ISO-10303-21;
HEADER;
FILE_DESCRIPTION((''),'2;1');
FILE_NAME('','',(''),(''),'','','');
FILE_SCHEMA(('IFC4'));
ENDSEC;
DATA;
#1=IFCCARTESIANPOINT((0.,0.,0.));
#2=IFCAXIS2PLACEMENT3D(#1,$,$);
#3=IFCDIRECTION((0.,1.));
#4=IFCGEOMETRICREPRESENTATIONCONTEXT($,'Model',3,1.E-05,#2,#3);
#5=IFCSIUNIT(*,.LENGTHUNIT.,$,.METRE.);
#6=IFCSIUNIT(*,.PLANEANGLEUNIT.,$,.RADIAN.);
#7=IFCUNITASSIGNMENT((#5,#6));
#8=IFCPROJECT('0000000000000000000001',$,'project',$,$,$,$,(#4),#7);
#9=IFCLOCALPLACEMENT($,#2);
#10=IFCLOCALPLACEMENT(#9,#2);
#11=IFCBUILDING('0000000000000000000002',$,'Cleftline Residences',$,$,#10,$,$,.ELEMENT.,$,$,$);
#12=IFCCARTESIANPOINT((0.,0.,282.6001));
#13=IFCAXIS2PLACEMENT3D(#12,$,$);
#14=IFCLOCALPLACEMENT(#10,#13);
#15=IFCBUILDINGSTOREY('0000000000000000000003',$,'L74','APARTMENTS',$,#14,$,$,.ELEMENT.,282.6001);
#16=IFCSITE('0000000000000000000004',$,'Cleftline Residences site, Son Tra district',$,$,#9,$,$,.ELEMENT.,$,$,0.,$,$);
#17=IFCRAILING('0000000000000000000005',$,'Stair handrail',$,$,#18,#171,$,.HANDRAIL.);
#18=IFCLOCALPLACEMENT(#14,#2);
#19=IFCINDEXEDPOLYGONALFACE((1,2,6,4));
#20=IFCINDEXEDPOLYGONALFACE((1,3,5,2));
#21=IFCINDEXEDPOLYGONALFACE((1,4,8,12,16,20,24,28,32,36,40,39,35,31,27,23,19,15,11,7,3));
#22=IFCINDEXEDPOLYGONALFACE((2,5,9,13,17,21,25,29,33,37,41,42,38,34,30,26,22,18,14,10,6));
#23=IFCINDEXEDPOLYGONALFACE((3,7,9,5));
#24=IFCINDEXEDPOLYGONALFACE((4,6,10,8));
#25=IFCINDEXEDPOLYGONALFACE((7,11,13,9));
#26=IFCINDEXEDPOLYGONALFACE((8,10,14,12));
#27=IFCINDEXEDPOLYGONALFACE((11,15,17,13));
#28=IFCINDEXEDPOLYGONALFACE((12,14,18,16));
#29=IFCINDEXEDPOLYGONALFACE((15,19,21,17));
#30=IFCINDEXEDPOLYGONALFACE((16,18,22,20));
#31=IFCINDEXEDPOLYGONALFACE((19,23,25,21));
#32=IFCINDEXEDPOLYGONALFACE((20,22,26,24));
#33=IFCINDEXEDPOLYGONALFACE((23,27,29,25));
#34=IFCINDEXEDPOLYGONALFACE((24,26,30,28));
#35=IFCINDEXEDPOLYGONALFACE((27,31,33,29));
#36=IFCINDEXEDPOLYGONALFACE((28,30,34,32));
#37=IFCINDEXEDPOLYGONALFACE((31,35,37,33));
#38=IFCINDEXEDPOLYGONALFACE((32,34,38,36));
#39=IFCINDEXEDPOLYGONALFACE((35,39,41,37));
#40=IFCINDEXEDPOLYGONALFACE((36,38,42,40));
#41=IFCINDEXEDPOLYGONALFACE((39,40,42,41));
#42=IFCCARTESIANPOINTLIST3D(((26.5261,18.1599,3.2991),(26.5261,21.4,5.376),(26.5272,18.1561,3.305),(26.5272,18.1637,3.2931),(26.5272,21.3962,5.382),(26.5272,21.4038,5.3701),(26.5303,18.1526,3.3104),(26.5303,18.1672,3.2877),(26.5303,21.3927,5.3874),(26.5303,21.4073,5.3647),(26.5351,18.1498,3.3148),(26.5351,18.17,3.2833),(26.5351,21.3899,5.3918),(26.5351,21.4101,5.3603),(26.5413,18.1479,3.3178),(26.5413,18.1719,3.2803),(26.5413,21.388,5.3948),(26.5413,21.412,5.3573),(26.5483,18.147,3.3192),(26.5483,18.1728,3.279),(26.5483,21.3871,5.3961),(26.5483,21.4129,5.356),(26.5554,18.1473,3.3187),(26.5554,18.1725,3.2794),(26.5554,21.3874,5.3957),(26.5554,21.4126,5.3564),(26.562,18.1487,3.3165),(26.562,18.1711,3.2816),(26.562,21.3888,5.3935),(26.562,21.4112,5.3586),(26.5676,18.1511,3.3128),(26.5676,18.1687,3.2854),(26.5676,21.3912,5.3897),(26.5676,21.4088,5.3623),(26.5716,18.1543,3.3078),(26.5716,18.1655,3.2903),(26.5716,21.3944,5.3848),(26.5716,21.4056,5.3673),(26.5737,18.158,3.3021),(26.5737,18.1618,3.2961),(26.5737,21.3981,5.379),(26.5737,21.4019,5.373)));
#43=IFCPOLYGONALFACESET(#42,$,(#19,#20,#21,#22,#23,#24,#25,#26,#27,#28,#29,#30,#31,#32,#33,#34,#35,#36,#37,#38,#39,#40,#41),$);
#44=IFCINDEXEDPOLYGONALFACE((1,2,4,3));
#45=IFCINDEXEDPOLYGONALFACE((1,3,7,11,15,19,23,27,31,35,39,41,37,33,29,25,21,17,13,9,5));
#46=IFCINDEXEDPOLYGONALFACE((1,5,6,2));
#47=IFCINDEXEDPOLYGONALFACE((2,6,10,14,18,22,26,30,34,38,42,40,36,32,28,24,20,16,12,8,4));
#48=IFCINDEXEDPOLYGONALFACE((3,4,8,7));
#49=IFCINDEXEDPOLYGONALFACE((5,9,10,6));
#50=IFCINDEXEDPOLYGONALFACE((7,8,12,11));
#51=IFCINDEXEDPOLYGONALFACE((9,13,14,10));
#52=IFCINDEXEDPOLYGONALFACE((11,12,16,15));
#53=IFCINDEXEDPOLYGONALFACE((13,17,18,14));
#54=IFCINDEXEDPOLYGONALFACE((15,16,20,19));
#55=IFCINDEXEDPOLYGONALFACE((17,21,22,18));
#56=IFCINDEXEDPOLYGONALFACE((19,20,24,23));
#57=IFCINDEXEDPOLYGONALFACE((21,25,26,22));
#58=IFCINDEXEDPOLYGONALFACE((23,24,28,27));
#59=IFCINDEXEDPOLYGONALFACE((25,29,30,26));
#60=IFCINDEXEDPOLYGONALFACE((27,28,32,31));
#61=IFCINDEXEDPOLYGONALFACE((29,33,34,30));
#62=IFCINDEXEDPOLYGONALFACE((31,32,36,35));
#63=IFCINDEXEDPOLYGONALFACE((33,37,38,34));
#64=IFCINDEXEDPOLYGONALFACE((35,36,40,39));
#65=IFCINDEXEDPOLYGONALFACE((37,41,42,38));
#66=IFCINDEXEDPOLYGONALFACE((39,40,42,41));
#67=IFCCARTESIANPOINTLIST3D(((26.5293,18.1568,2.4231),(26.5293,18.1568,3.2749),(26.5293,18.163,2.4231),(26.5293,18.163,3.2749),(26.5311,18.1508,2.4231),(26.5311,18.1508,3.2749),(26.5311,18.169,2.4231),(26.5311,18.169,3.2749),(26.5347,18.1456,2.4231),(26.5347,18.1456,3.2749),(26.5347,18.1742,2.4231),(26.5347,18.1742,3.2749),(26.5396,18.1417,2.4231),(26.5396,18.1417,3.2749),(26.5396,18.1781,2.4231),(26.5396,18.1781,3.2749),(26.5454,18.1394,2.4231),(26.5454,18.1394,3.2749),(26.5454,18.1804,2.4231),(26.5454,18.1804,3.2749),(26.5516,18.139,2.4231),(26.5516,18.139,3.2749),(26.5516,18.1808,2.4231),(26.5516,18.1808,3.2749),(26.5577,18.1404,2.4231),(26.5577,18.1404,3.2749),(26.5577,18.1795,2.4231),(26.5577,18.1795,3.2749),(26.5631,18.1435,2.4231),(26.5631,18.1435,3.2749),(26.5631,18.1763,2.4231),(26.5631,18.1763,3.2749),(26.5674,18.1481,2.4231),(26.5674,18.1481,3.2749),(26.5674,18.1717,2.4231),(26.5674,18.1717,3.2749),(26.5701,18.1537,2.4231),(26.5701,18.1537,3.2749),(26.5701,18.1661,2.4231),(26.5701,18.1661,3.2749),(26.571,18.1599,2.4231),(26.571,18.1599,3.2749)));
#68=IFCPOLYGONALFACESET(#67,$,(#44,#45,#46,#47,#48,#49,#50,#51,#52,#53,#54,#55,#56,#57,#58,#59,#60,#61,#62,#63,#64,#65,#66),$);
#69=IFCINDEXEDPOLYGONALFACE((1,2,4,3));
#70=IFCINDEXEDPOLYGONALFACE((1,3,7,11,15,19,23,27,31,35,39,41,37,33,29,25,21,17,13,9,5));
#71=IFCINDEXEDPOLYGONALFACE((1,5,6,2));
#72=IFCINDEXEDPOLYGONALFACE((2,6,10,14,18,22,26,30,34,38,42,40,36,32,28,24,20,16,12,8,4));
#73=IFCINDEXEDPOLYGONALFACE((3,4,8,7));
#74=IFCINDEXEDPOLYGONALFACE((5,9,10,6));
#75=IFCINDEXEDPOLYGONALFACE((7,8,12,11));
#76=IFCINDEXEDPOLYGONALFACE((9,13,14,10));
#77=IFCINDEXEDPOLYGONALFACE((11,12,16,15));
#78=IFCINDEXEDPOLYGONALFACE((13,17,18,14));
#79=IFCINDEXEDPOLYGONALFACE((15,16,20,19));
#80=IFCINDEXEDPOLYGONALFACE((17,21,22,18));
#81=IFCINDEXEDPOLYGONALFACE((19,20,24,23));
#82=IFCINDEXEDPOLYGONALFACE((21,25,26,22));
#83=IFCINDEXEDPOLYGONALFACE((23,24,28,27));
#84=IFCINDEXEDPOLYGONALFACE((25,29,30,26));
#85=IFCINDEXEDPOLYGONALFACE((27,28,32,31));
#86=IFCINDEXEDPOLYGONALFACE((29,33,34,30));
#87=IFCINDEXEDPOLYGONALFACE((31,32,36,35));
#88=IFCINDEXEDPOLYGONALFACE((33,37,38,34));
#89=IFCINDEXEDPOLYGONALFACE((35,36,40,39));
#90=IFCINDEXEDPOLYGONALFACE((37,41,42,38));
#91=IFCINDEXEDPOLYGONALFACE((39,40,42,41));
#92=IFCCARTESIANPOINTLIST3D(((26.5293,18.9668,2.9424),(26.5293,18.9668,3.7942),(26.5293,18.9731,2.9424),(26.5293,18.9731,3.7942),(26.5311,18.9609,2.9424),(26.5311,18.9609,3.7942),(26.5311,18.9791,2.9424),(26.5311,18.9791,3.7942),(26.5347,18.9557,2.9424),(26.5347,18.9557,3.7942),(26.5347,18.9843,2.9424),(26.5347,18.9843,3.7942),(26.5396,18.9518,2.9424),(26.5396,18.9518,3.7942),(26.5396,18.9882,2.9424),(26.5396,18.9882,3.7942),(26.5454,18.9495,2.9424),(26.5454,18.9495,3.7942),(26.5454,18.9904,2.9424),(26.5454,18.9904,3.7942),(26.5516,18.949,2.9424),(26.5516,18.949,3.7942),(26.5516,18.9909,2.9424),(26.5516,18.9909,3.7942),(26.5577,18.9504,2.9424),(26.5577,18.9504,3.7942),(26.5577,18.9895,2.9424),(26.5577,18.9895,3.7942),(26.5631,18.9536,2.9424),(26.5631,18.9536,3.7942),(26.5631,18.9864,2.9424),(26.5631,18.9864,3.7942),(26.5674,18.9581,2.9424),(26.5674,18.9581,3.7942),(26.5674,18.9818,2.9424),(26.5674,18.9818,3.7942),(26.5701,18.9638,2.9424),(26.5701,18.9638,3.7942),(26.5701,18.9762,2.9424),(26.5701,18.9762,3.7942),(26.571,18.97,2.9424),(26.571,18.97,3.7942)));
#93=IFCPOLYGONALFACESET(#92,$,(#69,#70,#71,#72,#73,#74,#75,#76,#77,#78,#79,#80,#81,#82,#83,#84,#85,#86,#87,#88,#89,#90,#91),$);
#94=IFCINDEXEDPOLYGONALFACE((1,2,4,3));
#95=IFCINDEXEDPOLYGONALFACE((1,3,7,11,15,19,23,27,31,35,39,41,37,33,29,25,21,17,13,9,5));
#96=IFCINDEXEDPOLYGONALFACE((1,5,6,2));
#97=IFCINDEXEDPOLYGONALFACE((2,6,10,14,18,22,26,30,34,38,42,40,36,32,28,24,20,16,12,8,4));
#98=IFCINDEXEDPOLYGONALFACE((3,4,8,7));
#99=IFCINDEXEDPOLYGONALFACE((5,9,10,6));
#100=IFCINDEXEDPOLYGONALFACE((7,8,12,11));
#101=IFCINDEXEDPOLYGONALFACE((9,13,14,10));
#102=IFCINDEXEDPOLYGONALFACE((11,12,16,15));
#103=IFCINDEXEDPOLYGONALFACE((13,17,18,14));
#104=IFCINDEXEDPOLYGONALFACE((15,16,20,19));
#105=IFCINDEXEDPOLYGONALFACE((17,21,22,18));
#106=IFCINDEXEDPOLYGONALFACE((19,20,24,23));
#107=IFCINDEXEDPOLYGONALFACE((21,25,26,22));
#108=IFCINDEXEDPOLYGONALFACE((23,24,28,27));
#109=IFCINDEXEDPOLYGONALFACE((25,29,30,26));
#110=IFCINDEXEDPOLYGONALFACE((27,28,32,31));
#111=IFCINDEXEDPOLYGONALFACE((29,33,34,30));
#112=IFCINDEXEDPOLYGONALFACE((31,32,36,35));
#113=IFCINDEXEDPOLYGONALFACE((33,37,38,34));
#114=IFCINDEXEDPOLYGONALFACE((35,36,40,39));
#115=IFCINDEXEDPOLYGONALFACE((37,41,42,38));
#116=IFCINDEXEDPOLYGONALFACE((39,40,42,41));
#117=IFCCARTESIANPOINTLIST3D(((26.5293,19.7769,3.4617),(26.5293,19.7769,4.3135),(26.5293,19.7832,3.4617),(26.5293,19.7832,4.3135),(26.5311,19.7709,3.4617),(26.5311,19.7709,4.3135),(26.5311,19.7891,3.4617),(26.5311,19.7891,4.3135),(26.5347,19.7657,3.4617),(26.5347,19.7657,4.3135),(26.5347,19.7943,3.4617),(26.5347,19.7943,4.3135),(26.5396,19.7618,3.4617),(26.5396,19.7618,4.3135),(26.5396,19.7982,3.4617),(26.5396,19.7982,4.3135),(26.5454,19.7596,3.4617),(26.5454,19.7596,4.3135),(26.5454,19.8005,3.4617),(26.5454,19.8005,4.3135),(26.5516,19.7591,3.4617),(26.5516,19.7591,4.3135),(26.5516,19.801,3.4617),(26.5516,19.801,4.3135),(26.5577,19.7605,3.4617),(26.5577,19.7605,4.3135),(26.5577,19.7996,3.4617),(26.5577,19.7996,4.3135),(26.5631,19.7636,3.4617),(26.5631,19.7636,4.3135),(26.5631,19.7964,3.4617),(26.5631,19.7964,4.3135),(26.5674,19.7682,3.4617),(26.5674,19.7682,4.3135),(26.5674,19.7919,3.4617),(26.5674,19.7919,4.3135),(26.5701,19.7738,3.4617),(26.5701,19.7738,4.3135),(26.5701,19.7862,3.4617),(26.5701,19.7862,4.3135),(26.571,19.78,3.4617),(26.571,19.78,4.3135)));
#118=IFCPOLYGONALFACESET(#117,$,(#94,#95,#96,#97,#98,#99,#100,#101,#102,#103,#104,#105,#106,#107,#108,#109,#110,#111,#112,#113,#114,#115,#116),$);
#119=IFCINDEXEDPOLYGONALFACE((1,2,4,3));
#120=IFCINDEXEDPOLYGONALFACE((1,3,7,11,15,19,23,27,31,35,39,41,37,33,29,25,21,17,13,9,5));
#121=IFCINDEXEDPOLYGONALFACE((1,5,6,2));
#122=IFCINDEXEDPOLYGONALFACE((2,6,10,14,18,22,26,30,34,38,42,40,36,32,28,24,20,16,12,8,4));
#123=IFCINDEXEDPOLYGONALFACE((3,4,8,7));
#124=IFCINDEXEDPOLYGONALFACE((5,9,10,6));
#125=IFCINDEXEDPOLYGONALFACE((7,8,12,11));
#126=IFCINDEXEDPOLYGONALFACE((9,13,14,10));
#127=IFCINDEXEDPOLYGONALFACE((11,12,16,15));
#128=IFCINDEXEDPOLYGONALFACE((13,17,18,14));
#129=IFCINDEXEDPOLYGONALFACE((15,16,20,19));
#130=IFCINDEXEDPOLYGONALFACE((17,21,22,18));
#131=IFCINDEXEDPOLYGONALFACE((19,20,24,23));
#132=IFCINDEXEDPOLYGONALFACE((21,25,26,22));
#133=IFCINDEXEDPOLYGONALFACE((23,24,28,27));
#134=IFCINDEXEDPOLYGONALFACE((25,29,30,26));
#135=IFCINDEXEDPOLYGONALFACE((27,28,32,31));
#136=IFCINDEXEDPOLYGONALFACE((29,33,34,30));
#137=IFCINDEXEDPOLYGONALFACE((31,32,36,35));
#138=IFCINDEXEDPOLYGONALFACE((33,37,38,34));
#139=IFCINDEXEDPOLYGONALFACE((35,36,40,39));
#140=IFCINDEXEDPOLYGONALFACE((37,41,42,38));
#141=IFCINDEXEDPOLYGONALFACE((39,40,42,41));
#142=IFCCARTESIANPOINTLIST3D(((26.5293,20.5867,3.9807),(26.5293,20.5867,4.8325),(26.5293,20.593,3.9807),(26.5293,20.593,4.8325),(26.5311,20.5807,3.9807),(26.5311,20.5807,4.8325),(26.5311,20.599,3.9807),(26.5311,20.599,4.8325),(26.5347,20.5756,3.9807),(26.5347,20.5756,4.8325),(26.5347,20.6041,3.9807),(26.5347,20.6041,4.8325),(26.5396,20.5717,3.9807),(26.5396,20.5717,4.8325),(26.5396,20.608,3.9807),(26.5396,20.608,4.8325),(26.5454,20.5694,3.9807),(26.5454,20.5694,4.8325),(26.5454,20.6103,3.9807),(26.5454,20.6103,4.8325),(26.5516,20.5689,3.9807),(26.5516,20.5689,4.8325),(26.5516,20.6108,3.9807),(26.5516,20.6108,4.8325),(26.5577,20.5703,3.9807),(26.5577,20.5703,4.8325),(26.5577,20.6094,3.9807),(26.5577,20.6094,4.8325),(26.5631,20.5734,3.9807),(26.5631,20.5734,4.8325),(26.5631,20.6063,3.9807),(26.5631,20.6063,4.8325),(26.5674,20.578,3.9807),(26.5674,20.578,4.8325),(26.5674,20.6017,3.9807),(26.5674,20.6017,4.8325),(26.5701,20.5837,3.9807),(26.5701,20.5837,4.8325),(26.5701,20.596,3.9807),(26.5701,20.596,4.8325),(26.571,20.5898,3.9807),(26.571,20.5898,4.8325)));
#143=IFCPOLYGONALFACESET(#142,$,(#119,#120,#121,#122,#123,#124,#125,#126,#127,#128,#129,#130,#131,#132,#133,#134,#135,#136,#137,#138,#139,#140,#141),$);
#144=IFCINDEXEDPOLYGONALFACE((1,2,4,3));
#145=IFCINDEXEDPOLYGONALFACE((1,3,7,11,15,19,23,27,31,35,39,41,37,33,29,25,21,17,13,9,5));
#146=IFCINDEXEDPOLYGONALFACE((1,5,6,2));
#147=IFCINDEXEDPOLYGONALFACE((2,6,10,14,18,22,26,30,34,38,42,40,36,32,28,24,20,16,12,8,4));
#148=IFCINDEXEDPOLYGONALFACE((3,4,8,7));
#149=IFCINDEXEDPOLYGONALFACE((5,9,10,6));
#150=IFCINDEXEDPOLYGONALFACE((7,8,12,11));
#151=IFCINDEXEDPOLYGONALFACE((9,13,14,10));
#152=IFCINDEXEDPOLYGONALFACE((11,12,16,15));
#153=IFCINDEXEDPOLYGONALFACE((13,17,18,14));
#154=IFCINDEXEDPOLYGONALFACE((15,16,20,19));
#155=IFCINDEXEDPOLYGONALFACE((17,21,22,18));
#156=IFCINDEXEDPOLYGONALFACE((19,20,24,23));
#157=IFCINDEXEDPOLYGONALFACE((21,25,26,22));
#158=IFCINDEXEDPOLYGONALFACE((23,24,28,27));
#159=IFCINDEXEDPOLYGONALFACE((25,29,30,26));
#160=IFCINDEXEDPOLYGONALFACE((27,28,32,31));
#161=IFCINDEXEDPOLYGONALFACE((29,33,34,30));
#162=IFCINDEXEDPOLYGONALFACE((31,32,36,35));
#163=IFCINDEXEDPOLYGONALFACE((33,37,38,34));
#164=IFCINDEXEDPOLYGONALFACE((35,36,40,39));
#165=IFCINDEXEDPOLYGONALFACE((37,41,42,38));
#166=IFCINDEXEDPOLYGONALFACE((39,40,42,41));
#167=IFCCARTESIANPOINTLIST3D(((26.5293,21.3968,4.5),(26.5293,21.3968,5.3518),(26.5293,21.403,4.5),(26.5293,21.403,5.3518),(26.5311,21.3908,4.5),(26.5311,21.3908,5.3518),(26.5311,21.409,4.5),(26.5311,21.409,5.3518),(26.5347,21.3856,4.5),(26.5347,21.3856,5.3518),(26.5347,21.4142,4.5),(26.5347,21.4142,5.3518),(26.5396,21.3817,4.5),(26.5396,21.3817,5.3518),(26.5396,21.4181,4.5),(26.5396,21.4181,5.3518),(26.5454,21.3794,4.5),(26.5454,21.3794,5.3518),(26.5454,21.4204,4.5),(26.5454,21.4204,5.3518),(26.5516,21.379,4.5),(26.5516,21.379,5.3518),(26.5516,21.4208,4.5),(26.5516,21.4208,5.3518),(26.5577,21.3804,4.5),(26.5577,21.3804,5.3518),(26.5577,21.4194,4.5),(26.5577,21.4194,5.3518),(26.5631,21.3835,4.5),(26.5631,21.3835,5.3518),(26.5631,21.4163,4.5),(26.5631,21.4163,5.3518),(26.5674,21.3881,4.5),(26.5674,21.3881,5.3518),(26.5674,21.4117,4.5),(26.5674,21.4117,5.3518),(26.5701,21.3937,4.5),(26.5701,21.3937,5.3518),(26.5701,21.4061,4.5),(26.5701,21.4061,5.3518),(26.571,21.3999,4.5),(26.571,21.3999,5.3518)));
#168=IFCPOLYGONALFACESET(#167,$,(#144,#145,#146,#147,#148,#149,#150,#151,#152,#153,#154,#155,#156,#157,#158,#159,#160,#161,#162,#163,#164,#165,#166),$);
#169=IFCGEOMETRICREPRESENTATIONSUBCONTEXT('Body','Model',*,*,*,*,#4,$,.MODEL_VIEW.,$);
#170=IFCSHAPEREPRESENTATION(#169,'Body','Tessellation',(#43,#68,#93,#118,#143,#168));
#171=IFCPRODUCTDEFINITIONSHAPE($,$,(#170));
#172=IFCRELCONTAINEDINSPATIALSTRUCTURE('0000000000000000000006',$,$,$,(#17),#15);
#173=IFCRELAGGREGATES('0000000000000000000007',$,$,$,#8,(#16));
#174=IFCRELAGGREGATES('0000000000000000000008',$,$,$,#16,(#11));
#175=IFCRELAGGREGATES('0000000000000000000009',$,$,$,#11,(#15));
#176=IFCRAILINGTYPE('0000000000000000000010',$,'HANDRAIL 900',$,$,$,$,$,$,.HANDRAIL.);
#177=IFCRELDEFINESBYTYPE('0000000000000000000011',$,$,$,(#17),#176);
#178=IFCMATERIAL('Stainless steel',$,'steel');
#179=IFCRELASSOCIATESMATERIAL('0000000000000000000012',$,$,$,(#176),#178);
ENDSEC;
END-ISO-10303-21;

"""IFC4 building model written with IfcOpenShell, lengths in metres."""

from ifc_helpers import new_model, si_unit, direction, frame, origin, origin_2d, place, context, subcontext, project, spatial, circle, extrude, material, type_object, element, save


model = new_model("IFC4")

# Units and contexts
model_context = context("Model", 3, precision=1e-05, world=origin(), true_north=direction((0.0, 1.0)))
body_context = subcontext(model_context, "Body", "Model", "MODEL_VIEW")
ifc_project = project(units=[si_unit("LENGTHUNIT", "METRE"), si_unit("PLANEANGLEUNIT", "RADIAN")], contexts=[model_context])

# Site, building, storey
site_placement = place(None, origin())
site = spatial("IfcSite", under=ifc_project, at=site_placement, Name="Cleftline Residences site, Son Tra district", CompositionType="ELEMENT", RefElevation=0.0)
building_placement = place(site_placement, origin())
building = spatial("IfcBuilding", under=site, at=building_placement, Name="Cleftline Residences", CompositionType="ELEMENT")
storey_placement = place(building_placement, frame((0.0, 0.0, 282.6001)))
storey = spatial("IfcBuildingStorey", under=building, at=storey_placement, Name="L74", Description="APARTMENTS", CompositionType="ELEMENT", Elevation=282.6001)

# Railing
ifc_material_1 = material(Name="Stainless steel", Category="steel")
railing_type = type_object("IfcRailingType", Name="HANDRAIL 900", PredefinedType="HANDRAIL", material=ifc_material_1)
railing_placement = place(storey_placement, frame((26.55, 18.1599, 2.4231)))
element("IfcRailing", 1, at=railing_placement, inside=storey, type_object=railing_type, Name="Stair handrail", PredefinedType="HANDRAIL", context=body_context, shape_type="SweptSolid", body=[
    extrude(circle(Radius=0.0239, at=origin_2d()), frame((0.0, 0.0, 0.876), z_axis=(0.0, 0.841881, 0.539664), x_axis=(-1.0, 0.0, 0.0)), (0.0, 0.0, 1.0), 3.8486),
    extrude(circle(Radius=0.021, at=origin_2d()), origin(), (0.0, 0.0, 1.0), 0.8518),
    extrude(circle(Radius=0.021, at=origin_2d()), frame((0.0, 0.8101, 0.5193)), (0.0, 0.0, 1.0), 0.8518),
    extrude(circle(Radius=0.021, at=origin_2d()), frame((0.0, 1.6201, 1.0386)), (0.0, 0.0, 1.0), 0.8518),
    extrude(circle(Radius=0.021, at=origin_2d()), frame((0.0, 2.4299, 1.5576)), (0.0, 0.0, 1.0), 0.8518),
    extrude(circle(Radius=0.021, at=origin_2d()), frame((0.0, 3.24, 2.0769)), (0.0, 0.0, 1.0), 0.8518),
])

save(model, "model.ifc")
